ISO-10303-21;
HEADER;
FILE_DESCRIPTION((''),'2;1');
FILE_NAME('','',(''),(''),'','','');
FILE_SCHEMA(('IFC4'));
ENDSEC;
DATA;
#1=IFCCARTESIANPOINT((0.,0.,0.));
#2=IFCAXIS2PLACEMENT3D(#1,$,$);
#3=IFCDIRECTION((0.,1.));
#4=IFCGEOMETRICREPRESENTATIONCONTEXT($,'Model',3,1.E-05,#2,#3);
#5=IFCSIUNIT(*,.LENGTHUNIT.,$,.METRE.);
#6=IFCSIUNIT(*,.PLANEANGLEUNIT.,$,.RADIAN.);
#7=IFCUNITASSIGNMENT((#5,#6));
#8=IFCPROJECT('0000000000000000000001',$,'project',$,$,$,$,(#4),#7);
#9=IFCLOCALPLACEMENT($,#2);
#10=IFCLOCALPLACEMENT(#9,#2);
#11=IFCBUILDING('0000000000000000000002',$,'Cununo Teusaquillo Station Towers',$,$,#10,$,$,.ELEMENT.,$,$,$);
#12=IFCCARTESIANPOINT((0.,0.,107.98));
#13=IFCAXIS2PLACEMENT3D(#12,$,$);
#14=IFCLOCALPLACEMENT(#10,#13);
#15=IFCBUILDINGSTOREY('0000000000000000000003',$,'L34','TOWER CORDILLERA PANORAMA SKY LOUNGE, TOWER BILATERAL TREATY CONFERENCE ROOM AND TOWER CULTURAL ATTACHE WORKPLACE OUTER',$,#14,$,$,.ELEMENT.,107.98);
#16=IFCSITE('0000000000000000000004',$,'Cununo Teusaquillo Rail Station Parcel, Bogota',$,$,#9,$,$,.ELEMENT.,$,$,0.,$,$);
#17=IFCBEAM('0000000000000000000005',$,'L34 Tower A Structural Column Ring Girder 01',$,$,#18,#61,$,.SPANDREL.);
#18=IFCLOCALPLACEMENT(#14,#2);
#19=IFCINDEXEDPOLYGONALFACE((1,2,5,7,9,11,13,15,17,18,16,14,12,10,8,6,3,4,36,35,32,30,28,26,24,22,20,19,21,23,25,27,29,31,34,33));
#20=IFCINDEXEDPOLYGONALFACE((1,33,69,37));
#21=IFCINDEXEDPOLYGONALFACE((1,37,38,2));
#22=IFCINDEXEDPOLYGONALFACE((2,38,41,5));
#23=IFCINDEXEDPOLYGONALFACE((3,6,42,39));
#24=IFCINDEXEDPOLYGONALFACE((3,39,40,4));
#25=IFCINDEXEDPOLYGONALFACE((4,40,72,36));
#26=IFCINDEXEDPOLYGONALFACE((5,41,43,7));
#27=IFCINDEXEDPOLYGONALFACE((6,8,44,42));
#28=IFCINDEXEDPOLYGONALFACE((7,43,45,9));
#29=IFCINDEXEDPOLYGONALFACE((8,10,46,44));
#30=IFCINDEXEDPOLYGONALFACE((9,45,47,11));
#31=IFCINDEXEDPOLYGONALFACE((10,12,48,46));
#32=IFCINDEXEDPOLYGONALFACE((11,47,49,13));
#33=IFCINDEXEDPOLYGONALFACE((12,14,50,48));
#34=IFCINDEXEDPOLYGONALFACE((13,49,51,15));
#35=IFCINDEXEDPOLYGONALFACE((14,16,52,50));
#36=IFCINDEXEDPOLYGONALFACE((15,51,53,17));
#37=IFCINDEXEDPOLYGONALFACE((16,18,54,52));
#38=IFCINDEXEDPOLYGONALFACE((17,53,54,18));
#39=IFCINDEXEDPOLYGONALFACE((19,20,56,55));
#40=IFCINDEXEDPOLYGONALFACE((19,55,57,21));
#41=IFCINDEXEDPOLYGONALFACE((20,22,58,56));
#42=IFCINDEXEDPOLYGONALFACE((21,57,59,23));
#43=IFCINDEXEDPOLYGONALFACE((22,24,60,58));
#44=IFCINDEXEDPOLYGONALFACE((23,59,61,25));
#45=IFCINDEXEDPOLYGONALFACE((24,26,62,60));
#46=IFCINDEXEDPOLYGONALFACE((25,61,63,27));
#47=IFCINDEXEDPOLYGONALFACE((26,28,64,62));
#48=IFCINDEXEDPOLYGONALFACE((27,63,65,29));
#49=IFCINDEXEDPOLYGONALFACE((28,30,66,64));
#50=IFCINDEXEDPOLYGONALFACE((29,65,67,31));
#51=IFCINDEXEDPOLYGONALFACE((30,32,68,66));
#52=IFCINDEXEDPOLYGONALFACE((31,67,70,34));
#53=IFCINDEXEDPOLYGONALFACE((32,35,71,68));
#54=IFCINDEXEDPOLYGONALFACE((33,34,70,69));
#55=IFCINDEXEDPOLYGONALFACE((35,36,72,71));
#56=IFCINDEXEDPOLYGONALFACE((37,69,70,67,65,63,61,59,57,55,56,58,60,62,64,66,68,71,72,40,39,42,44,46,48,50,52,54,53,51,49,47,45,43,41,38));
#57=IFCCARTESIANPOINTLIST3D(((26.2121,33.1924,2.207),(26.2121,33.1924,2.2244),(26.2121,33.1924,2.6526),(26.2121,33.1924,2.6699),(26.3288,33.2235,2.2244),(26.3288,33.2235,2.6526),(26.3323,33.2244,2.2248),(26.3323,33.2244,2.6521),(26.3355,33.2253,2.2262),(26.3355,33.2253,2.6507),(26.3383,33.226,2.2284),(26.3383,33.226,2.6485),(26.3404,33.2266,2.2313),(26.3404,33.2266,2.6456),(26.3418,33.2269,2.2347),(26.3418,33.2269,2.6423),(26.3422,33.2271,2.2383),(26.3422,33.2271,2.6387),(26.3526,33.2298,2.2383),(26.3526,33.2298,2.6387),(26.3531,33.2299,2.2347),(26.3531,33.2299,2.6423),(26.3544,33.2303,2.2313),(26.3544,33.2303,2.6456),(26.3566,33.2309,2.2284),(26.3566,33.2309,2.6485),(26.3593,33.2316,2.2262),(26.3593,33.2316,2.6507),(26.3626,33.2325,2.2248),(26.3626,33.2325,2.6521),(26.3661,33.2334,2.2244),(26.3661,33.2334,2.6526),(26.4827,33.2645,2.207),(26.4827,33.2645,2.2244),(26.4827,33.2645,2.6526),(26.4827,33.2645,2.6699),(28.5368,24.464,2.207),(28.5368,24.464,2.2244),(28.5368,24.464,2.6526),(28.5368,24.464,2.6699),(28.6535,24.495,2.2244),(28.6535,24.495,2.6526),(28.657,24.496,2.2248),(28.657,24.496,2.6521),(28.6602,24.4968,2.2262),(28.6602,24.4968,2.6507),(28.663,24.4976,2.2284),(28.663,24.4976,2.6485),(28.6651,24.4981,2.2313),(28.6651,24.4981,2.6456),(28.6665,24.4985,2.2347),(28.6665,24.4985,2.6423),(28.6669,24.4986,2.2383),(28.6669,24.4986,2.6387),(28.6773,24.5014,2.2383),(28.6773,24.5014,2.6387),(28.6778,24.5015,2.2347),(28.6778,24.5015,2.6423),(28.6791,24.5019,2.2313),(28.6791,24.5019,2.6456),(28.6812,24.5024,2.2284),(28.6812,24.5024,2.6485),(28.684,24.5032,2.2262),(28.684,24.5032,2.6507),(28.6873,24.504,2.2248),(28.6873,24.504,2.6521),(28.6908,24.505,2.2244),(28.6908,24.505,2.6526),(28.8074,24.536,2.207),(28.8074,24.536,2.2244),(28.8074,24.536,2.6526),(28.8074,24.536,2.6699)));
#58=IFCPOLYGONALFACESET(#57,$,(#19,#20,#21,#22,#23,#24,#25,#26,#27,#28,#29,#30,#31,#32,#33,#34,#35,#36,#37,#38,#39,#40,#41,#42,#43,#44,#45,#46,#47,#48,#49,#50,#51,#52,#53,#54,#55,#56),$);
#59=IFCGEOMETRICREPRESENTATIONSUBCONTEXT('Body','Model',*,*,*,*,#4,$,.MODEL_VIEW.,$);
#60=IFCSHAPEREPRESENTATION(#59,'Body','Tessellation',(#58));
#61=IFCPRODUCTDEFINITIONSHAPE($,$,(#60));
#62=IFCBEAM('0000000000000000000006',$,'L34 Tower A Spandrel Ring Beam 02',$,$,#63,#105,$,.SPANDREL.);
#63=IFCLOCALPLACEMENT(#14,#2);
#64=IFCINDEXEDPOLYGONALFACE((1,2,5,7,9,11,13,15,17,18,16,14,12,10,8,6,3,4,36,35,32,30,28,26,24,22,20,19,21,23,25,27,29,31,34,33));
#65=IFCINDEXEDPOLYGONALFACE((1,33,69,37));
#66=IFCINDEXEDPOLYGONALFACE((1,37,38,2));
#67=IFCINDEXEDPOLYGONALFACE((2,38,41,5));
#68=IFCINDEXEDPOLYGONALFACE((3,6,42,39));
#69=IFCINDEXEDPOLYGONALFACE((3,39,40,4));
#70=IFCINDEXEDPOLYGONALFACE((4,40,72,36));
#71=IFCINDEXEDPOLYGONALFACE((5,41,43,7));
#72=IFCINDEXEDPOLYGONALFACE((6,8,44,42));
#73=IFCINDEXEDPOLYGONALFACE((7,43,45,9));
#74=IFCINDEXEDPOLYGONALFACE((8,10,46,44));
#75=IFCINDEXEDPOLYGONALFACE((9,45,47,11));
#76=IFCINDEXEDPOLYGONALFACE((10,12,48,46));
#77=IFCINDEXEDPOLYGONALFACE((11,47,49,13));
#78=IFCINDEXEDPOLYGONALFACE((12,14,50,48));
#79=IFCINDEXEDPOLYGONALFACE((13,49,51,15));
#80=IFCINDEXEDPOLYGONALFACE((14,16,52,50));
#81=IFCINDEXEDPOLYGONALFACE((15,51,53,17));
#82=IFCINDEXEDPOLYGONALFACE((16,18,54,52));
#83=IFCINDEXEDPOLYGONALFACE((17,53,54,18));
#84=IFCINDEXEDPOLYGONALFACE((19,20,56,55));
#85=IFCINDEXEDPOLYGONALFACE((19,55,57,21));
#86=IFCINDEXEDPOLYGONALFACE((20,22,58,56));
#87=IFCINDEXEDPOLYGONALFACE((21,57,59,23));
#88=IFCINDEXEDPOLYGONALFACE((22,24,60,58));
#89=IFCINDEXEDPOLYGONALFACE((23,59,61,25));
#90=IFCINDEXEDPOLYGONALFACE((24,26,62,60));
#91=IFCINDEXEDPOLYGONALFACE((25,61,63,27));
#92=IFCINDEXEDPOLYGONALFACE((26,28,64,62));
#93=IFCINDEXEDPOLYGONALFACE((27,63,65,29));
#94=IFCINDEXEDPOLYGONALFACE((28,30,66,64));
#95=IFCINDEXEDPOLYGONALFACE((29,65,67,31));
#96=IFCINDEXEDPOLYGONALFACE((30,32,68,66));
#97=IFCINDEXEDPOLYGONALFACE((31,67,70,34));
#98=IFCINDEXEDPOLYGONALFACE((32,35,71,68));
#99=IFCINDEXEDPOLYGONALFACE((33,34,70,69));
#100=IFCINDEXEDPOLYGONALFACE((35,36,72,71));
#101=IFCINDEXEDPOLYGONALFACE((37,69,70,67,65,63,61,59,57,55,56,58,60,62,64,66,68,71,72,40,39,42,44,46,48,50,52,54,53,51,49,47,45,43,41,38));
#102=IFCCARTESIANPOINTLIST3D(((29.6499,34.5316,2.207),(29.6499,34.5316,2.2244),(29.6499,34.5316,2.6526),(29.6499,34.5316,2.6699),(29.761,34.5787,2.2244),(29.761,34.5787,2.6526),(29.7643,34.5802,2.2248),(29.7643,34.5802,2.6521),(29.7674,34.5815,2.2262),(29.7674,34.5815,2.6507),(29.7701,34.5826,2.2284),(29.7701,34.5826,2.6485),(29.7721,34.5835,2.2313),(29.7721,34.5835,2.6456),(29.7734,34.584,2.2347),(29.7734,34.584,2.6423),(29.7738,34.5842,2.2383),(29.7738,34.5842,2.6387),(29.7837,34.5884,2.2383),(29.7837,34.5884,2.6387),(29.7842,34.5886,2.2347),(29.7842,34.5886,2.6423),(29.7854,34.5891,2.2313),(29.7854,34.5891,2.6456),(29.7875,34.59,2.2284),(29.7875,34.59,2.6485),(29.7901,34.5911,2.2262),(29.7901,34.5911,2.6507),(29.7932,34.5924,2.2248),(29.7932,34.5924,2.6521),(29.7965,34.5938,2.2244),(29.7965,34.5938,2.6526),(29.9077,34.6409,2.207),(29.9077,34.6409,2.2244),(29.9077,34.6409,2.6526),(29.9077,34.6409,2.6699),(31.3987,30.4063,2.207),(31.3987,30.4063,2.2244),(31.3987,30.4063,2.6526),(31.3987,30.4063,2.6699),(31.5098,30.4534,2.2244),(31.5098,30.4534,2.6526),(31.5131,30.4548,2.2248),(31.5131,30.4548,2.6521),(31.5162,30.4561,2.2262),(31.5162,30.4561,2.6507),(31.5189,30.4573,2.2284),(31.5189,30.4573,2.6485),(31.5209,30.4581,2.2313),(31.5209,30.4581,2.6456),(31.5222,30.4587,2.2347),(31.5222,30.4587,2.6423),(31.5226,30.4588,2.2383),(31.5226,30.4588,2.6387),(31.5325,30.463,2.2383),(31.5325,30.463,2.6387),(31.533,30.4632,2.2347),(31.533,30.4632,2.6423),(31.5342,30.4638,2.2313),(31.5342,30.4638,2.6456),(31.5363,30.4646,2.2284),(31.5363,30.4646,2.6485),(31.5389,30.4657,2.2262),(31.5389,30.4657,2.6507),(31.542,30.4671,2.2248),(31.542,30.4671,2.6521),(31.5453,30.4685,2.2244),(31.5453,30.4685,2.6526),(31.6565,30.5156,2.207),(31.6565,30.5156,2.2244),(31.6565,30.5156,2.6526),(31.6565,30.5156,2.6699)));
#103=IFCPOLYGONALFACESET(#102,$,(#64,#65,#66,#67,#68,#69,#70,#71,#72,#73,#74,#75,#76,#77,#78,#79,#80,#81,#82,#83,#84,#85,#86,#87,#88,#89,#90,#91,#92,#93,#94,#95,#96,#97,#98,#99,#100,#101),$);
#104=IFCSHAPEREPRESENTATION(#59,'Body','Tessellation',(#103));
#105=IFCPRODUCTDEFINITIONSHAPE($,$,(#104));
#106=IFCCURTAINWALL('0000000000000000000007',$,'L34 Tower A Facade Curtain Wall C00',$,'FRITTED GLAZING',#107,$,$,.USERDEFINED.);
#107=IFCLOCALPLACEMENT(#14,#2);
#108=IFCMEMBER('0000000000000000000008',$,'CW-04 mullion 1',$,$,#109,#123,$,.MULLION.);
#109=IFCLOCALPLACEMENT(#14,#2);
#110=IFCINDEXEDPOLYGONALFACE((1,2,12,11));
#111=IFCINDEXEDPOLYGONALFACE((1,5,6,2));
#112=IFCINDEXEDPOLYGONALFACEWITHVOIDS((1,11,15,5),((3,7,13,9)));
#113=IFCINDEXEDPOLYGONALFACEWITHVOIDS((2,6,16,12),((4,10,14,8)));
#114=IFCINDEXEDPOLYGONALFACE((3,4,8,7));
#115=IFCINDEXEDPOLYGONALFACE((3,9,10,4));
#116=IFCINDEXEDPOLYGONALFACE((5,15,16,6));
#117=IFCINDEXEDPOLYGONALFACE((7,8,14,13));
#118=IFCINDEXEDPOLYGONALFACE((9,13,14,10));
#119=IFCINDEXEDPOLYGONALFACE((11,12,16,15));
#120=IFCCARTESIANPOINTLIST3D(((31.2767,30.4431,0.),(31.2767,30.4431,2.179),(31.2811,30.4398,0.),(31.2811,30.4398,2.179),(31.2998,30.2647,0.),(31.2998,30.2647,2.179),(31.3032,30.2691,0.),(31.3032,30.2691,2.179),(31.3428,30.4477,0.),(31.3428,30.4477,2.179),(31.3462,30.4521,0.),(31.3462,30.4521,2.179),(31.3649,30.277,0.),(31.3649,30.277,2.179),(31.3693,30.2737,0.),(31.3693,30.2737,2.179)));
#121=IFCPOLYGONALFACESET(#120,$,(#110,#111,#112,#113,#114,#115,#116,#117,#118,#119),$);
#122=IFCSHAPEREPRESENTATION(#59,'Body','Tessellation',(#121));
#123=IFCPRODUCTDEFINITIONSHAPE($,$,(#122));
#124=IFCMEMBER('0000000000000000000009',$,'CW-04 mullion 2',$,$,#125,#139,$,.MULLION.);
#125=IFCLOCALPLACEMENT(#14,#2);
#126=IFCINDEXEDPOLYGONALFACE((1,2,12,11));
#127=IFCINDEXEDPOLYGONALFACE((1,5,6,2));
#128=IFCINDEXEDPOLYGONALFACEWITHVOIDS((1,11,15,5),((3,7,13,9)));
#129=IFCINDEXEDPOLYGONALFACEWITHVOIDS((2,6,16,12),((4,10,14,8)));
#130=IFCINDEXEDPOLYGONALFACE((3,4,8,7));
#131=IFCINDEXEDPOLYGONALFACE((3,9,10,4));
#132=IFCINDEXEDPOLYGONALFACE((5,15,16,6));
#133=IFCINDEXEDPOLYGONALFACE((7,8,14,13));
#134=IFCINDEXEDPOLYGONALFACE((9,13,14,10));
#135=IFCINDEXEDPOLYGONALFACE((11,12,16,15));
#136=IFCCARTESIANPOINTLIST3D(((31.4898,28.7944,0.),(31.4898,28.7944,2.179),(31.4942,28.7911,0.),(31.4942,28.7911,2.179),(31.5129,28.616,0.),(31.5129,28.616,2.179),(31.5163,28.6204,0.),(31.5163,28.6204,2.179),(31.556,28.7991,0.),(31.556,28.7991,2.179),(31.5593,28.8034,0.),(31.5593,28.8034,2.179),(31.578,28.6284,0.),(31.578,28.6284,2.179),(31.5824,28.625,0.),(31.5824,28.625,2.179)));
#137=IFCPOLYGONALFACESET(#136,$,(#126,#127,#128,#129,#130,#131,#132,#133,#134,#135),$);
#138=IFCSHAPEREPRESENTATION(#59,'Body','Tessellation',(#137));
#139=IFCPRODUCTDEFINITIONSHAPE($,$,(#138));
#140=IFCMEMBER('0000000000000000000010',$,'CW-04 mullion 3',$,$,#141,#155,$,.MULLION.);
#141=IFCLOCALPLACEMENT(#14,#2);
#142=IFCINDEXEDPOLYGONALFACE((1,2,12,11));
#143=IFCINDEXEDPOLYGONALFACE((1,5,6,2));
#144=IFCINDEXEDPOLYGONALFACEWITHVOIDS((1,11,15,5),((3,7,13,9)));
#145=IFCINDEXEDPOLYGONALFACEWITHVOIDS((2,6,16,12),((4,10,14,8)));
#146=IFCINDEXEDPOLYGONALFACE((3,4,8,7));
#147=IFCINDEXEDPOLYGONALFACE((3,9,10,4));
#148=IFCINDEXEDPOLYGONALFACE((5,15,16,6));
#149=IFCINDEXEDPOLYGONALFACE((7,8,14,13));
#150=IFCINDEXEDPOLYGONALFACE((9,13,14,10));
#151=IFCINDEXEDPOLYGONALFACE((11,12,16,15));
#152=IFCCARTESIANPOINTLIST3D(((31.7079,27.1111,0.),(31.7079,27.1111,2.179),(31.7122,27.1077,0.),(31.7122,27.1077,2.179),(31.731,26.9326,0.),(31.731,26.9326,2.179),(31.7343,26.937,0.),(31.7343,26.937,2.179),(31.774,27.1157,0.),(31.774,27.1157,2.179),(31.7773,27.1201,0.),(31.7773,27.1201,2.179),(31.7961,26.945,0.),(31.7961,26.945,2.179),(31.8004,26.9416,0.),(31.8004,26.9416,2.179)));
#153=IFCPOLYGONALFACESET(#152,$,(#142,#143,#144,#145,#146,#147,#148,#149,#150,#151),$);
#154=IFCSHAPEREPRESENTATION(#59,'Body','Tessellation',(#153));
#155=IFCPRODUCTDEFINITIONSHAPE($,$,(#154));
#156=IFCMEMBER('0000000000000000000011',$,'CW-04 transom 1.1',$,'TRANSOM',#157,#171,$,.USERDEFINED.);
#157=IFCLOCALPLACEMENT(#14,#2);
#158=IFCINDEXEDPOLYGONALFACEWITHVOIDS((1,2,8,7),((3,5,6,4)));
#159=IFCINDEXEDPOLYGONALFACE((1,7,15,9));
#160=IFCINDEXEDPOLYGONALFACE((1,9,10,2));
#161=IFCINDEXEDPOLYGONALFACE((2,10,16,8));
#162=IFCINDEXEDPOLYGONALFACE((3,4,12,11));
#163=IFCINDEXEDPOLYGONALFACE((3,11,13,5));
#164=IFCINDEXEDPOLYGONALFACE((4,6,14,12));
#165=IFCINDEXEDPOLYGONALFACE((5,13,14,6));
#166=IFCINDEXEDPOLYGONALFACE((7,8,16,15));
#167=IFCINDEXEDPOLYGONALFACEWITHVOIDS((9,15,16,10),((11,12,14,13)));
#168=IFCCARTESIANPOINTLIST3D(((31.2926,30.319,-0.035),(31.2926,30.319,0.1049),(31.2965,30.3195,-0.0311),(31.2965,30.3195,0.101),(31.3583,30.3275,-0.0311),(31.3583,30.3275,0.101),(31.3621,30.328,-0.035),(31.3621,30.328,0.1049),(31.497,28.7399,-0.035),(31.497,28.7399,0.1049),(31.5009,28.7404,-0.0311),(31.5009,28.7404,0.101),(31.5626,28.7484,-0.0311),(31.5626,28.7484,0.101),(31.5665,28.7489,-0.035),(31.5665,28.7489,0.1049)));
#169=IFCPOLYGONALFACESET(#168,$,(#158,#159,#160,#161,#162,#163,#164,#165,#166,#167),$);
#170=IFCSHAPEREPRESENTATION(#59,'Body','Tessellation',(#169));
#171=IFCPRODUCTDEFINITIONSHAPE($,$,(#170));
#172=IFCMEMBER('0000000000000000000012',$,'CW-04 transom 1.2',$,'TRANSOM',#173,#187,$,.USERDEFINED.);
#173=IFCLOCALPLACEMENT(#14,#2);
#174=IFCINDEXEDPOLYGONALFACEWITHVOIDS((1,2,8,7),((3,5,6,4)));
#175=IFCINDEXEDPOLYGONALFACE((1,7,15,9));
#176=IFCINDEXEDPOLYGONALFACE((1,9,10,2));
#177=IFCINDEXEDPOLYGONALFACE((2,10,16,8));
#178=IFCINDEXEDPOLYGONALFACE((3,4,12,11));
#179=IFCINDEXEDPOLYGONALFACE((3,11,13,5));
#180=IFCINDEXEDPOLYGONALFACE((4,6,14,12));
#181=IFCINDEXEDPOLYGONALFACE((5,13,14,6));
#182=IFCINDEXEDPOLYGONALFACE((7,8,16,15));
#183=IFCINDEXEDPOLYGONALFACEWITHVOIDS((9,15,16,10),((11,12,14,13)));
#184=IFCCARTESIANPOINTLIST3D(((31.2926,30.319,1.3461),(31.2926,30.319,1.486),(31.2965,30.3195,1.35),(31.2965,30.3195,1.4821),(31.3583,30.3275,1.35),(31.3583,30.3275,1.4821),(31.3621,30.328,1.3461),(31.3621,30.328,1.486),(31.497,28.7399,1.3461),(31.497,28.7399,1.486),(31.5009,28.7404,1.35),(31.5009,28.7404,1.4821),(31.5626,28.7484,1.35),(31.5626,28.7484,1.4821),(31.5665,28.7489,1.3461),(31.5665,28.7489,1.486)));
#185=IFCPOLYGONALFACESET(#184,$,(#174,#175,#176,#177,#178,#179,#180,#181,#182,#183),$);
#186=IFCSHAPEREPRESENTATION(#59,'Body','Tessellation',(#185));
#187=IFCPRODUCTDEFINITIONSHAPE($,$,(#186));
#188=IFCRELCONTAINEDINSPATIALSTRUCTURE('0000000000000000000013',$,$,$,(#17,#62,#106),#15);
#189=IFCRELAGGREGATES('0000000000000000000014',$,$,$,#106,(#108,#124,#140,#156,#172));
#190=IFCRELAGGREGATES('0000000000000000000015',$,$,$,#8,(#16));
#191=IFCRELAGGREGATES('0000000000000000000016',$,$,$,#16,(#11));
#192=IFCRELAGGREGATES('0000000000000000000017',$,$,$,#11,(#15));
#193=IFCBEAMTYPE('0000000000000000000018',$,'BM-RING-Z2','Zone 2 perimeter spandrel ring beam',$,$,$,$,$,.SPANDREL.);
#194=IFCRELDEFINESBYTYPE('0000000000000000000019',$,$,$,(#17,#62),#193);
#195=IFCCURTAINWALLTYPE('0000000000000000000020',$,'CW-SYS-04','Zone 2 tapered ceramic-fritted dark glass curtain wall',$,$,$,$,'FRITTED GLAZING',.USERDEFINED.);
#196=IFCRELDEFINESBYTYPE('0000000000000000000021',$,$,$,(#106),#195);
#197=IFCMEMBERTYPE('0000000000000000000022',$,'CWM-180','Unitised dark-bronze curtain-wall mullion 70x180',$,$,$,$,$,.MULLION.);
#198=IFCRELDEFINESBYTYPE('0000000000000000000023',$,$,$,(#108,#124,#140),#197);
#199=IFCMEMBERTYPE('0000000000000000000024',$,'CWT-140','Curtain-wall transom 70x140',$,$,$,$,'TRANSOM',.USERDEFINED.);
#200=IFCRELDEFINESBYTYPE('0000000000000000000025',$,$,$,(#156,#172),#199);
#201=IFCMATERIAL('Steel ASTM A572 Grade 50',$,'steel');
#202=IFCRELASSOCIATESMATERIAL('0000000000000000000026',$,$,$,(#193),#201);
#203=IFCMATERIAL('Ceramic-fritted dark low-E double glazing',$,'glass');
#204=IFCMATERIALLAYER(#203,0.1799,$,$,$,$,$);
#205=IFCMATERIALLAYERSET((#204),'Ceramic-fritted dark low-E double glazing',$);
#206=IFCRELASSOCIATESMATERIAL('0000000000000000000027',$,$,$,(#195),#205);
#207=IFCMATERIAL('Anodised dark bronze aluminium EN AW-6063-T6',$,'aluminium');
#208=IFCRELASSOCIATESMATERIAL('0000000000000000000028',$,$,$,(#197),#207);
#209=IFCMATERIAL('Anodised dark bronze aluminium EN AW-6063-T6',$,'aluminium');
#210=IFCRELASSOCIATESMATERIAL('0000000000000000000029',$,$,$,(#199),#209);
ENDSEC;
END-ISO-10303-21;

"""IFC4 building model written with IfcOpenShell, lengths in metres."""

from ifc_helpers import new_model, si_unit, direction, frame, origin, origin_2d, place, context, subcontext, project, spatial, hollow_rectangle, i_section, extrude, material, layer, layer_set, material_profile, profile_set, type_object, element, aggregate, save


model = new_model("IFC4")

# Units and contexts
model_context = context("Model", 3, precision=1e-05, world=origin(), true_north=direction((0.0, 1.0)))
body_context = subcontext(model_context, "Body", "Model", "MODEL_VIEW")
ifc_project = project(units=[si_unit("LENGTHUNIT", "METRE"), si_unit("PLANEANGLEUNIT", "RADIAN")], contexts=[model_context])

# Site, building, storey
site_placement = place(None, origin())
site = spatial("IfcSite", under=ifc_project, at=site_placement, Name="Cununo Teusaquillo Rail Station Parcel, Bogota", CompositionType="ELEMENT", RefElevation=0.0)
building_placement = place(site_placement, origin())
building = spatial("IfcBuilding", under=site, at=building_placement, Name="Cununo Teusaquillo Station Towers", CompositionType="ELEMENT")
storey_placement = place(building_placement, frame((0.0, 0.0, 107.98)))
storey = spatial("IfcBuildingStorey", under=building, at=storey_placement, Name="L34", Description="TOWER CORDILLERA PANORAMA SKY LOUNGE, TOWER BILATERAL TREATY CONFERENCE ROOM AND TOWER CULTURAL ATTACHE WORKPLACE OUTER", CompositionType="ELEMENT", Elevation=107.98)

# Beams
ifc_material_1 = material(Name="Steel ASTM A572 Grade 50", Category="steel")
ifc_material_profile_1 = material_profile(ifc_material_1, i_section(OverallWidth=0.28, OverallDepth=0.4629, WebThickness=0.0107, FlangeThickness=0.0173, FilletRadius=0.0139, at=origin_2d()), Name="W18X76")
ifc_profile_set_1 = profile_set([ifc_material_profile_1], Name="Steel ASTM A572 Grade 50")
beam_type = type_object("IfcBeamType", Name="BM-RING-Z2", Description="Zone 2 perimeter spandrel ring beam", PredefinedType="SPANDREL", material=ifc_profile_set_1)
beam_1_placement = place(storey_placement, frame((28.6721, 24.5, 2.4385), z_axis=(-0.257363, 0.966315, 0.0), x_axis=(-0.966315, -0.257363, 0.0)))
element("IfcBeam", 1, at=beam_1_placement, inside=storey, type_object=beam_type, Name="L34 Tower A Structural Column Ring Girder 01", PredefinedType="SPANDREL", context=body_context, shape_type="SweptSolid", body=[
    extrude(i_section(OverallWidth=0.28, OverallDepth=0.4629, WebThickness=0.0107, FlangeThickness=0.0173, FilletRadius=0.0139, at=origin_2d()), origin(), (0.0, 0.0, 1.0), 9.0327),
])
beam_2_placement = place(storey_placement, frame((31.5276, 30.4609, 2.4385), z_axis=(-0.390299, 0.920688, 0.0), x_axis=(-0.920688, -0.390299, 0.0)))
element("IfcBeam", 2, at=beam_2_placement, inside=storey, type_object=beam_type, Name="L34 Tower A Spandrel Ring Beam 02", PredefinedType="SPANDREL", context=body_context, shape_type="SweptSolid", body=[
    extrude(i_section(OverallWidth=0.28, OverallDepth=0.4629, WebThickness=0.0107, FlangeThickness=0.0173, FilletRadius=0.0139, at=origin_2d()), origin(), (0.0, 0.0, 1.0), 4.4807),
])

# Curtain wall, members
ifc_material_2 = material(Name="Ceramic-fritted dark low-E double glazing", Category="glass")
ifc_layer_1 = layer(ifc_material_2, 0.1799)
ifc_layer_set_1 = layer_set([ifc_layer_1], Name="Ceramic-fritted dark low-E double glazing")
curtain_wall_type = type_object("IfcCurtainWallType", Name="CW-SYS-04", Description="Zone 2 tapered ceramic-fritted dark glass curtain wall", ElementType="FRITTED GLAZING", PredefinedType="USERDEFINED", material=ifc_layer_set_1)
curtain_wall_placement = place(storey_placement, origin())
curtain_wall = element("IfcCurtainWall", 3, at=curtain_wall_placement, inside=storey, type_object=curtain_wall_type, Name="L34 Tower A Facade Curtain Wall C00", ObjectType="FRITTED GLAZING", PredefinedType="USERDEFINED")
ifc_material_3 = material(Name="Anodised dark bronze aluminium EN AW-6063-T6", Category="aluminium")
ifc_material_profile_2 = material_profile(ifc_material_3, hollow_rectangle(XDim=0.0701, YDim=0.1799, WallThickness=0.0039, at=origin_2d()), Name="CW-MULL-70x180")
ifc_profile_set_2 = profile_set([ifc_material_profile_2], Name="Anodised dark bronze aluminium EN AW-6063-T6")
member_type_1 = type_object("IfcMemberType", Name="CWM-180", Description="Unitised dark-bronze curtain-wall mullion 70x180", PredefinedType="MULLION", material=ifc_profile_set_2)
member_1_placement = place(storey_placement, frame((31.323, 30.3584, 0.0), z_axis=(0.0, 0.0, 1.0), x_axis=(0.991731, 0.128336, 0.0)))
member_1 = element("IfcMember", 4, at=member_1_placement, type_object=member_type_1, Name="CW-04 mullion 1", PredefinedType="MULLION", context=body_context, shape_type="SweptSolid", body=[
    extrude(hollow_rectangle(XDim=0.0701, YDim=0.1799, WallThickness=0.0039, at=origin_2d()), origin(), (0.0, 0.0, 1.0), 2.179),
])
member_2_placement = place(storey_placement, frame((31.5361, 28.7097, 0.0), z_axis=(0.0, 0.0, 1.0), x_axis=(0.991731, 0.128336, 0.0)))
member_2 = element("IfcMember", 5, at=member_2_placement, type_object=member_type_1, Name="CW-04 mullion 2", PredefinedType="MULLION", context=body_context, shape_type="SweptSolid", body=[
    extrude(hollow_rectangle(XDim=0.0701, YDim=0.1799, WallThickness=0.0039, at=origin_2d()), origin(), (0.0, 0.0, 1.0), 2.179),
])
member_3_placement = place(storey_placement, frame((31.7542, 27.0264, 0.0), z_axis=(0.0, 0.0, 1.0), x_axis=(0.991731, 0.128336, 0.0)))
member_3 = element("IfcMember", 6, at=member_3_placement, type_object=member_type_1, Name="CW-04 mullion 3", PredefinedType="MULLION", context=body_context, shape_type="SweptSolid", body=[
    extrude(hollow_rectangle(XDim=0.0701, YDim=0.1799, WallThickness=0.0039, at=origin_2d()), origin(), (0.0, 0.0, 1.0), 2.179),
])
ifc_material_4 = material(Name="Anodised dark bronze aluminium EN AW-6063-T6", Category="aluminium")
ifc_material_profile_3 = material_profile(ifc_material_4, hollow_rectangle(XDim=0.0701, YDim=0.1399, WallThickness=0.0039, at=origin_2d()), Name="CW-TRAN-70x140")
ifc_profile_set_3 = profile_set([ifc_material_profile_3], Name="Anodised dark bronze aluminium EN AW-6063-T6")
member_type_2 = type_object("IfcMemberType", Name="CWT-140", Description="Curtain-wall transom 70x140", ElementType="TRANSOM", PredefinedType="USERDEFINED", material=ifc_profile_set_3)
member_4_placement = place(storey_placement, frame((31.3274, 30.3235, 0.0349), z_axis=(0.128336, -0.991731, 0.0), x_axis=(0.991731, 0.128336, 0.0)))
member_4 = element("IfcMember", 7, at=member_4_placement, type_object=member_type_2, Name="CW-04 transom 1.1", ObjectType="TRANSOM", PredefinedType="USERDEFINED", context=body_context, shape_type="SweptSolid", body=[
    extrude(hollow_rectangle(XDim=0.0701, YDim=0.1399, WallThickness=0.0039, at=origin_2d()), origin(), (0.0, 0.0, 1.0), 1.5923),
])
member_5_placement = place(storey_placement, frame((31.3274, 30.3235, 1.416), z_axis=(0.128336, -0.991731, 0.0), x_axis=(0.991731, 0.128336, 0.0)))
member_5 = element("IfcMember", 8, at=member_5_placement, type_object=member_type_2, Name="CW-04 transom 1.2", ObjectType="TRANSOM", PredefinedType="USERDEFINED", context=body_context, shape_type="SweptSolid", body=[
    extrude(hollow_rectangle(XDim=0.0701, YDim=0.1399, WallThickness=0.0039, at=origin_2d()), origin(), (0.0, 0.0, 1.0), 1.5923),
])
aggregate(curtain_wall, [member_1, member_2, member_3, member_4, member_5])

save(model, "model.ifc")
